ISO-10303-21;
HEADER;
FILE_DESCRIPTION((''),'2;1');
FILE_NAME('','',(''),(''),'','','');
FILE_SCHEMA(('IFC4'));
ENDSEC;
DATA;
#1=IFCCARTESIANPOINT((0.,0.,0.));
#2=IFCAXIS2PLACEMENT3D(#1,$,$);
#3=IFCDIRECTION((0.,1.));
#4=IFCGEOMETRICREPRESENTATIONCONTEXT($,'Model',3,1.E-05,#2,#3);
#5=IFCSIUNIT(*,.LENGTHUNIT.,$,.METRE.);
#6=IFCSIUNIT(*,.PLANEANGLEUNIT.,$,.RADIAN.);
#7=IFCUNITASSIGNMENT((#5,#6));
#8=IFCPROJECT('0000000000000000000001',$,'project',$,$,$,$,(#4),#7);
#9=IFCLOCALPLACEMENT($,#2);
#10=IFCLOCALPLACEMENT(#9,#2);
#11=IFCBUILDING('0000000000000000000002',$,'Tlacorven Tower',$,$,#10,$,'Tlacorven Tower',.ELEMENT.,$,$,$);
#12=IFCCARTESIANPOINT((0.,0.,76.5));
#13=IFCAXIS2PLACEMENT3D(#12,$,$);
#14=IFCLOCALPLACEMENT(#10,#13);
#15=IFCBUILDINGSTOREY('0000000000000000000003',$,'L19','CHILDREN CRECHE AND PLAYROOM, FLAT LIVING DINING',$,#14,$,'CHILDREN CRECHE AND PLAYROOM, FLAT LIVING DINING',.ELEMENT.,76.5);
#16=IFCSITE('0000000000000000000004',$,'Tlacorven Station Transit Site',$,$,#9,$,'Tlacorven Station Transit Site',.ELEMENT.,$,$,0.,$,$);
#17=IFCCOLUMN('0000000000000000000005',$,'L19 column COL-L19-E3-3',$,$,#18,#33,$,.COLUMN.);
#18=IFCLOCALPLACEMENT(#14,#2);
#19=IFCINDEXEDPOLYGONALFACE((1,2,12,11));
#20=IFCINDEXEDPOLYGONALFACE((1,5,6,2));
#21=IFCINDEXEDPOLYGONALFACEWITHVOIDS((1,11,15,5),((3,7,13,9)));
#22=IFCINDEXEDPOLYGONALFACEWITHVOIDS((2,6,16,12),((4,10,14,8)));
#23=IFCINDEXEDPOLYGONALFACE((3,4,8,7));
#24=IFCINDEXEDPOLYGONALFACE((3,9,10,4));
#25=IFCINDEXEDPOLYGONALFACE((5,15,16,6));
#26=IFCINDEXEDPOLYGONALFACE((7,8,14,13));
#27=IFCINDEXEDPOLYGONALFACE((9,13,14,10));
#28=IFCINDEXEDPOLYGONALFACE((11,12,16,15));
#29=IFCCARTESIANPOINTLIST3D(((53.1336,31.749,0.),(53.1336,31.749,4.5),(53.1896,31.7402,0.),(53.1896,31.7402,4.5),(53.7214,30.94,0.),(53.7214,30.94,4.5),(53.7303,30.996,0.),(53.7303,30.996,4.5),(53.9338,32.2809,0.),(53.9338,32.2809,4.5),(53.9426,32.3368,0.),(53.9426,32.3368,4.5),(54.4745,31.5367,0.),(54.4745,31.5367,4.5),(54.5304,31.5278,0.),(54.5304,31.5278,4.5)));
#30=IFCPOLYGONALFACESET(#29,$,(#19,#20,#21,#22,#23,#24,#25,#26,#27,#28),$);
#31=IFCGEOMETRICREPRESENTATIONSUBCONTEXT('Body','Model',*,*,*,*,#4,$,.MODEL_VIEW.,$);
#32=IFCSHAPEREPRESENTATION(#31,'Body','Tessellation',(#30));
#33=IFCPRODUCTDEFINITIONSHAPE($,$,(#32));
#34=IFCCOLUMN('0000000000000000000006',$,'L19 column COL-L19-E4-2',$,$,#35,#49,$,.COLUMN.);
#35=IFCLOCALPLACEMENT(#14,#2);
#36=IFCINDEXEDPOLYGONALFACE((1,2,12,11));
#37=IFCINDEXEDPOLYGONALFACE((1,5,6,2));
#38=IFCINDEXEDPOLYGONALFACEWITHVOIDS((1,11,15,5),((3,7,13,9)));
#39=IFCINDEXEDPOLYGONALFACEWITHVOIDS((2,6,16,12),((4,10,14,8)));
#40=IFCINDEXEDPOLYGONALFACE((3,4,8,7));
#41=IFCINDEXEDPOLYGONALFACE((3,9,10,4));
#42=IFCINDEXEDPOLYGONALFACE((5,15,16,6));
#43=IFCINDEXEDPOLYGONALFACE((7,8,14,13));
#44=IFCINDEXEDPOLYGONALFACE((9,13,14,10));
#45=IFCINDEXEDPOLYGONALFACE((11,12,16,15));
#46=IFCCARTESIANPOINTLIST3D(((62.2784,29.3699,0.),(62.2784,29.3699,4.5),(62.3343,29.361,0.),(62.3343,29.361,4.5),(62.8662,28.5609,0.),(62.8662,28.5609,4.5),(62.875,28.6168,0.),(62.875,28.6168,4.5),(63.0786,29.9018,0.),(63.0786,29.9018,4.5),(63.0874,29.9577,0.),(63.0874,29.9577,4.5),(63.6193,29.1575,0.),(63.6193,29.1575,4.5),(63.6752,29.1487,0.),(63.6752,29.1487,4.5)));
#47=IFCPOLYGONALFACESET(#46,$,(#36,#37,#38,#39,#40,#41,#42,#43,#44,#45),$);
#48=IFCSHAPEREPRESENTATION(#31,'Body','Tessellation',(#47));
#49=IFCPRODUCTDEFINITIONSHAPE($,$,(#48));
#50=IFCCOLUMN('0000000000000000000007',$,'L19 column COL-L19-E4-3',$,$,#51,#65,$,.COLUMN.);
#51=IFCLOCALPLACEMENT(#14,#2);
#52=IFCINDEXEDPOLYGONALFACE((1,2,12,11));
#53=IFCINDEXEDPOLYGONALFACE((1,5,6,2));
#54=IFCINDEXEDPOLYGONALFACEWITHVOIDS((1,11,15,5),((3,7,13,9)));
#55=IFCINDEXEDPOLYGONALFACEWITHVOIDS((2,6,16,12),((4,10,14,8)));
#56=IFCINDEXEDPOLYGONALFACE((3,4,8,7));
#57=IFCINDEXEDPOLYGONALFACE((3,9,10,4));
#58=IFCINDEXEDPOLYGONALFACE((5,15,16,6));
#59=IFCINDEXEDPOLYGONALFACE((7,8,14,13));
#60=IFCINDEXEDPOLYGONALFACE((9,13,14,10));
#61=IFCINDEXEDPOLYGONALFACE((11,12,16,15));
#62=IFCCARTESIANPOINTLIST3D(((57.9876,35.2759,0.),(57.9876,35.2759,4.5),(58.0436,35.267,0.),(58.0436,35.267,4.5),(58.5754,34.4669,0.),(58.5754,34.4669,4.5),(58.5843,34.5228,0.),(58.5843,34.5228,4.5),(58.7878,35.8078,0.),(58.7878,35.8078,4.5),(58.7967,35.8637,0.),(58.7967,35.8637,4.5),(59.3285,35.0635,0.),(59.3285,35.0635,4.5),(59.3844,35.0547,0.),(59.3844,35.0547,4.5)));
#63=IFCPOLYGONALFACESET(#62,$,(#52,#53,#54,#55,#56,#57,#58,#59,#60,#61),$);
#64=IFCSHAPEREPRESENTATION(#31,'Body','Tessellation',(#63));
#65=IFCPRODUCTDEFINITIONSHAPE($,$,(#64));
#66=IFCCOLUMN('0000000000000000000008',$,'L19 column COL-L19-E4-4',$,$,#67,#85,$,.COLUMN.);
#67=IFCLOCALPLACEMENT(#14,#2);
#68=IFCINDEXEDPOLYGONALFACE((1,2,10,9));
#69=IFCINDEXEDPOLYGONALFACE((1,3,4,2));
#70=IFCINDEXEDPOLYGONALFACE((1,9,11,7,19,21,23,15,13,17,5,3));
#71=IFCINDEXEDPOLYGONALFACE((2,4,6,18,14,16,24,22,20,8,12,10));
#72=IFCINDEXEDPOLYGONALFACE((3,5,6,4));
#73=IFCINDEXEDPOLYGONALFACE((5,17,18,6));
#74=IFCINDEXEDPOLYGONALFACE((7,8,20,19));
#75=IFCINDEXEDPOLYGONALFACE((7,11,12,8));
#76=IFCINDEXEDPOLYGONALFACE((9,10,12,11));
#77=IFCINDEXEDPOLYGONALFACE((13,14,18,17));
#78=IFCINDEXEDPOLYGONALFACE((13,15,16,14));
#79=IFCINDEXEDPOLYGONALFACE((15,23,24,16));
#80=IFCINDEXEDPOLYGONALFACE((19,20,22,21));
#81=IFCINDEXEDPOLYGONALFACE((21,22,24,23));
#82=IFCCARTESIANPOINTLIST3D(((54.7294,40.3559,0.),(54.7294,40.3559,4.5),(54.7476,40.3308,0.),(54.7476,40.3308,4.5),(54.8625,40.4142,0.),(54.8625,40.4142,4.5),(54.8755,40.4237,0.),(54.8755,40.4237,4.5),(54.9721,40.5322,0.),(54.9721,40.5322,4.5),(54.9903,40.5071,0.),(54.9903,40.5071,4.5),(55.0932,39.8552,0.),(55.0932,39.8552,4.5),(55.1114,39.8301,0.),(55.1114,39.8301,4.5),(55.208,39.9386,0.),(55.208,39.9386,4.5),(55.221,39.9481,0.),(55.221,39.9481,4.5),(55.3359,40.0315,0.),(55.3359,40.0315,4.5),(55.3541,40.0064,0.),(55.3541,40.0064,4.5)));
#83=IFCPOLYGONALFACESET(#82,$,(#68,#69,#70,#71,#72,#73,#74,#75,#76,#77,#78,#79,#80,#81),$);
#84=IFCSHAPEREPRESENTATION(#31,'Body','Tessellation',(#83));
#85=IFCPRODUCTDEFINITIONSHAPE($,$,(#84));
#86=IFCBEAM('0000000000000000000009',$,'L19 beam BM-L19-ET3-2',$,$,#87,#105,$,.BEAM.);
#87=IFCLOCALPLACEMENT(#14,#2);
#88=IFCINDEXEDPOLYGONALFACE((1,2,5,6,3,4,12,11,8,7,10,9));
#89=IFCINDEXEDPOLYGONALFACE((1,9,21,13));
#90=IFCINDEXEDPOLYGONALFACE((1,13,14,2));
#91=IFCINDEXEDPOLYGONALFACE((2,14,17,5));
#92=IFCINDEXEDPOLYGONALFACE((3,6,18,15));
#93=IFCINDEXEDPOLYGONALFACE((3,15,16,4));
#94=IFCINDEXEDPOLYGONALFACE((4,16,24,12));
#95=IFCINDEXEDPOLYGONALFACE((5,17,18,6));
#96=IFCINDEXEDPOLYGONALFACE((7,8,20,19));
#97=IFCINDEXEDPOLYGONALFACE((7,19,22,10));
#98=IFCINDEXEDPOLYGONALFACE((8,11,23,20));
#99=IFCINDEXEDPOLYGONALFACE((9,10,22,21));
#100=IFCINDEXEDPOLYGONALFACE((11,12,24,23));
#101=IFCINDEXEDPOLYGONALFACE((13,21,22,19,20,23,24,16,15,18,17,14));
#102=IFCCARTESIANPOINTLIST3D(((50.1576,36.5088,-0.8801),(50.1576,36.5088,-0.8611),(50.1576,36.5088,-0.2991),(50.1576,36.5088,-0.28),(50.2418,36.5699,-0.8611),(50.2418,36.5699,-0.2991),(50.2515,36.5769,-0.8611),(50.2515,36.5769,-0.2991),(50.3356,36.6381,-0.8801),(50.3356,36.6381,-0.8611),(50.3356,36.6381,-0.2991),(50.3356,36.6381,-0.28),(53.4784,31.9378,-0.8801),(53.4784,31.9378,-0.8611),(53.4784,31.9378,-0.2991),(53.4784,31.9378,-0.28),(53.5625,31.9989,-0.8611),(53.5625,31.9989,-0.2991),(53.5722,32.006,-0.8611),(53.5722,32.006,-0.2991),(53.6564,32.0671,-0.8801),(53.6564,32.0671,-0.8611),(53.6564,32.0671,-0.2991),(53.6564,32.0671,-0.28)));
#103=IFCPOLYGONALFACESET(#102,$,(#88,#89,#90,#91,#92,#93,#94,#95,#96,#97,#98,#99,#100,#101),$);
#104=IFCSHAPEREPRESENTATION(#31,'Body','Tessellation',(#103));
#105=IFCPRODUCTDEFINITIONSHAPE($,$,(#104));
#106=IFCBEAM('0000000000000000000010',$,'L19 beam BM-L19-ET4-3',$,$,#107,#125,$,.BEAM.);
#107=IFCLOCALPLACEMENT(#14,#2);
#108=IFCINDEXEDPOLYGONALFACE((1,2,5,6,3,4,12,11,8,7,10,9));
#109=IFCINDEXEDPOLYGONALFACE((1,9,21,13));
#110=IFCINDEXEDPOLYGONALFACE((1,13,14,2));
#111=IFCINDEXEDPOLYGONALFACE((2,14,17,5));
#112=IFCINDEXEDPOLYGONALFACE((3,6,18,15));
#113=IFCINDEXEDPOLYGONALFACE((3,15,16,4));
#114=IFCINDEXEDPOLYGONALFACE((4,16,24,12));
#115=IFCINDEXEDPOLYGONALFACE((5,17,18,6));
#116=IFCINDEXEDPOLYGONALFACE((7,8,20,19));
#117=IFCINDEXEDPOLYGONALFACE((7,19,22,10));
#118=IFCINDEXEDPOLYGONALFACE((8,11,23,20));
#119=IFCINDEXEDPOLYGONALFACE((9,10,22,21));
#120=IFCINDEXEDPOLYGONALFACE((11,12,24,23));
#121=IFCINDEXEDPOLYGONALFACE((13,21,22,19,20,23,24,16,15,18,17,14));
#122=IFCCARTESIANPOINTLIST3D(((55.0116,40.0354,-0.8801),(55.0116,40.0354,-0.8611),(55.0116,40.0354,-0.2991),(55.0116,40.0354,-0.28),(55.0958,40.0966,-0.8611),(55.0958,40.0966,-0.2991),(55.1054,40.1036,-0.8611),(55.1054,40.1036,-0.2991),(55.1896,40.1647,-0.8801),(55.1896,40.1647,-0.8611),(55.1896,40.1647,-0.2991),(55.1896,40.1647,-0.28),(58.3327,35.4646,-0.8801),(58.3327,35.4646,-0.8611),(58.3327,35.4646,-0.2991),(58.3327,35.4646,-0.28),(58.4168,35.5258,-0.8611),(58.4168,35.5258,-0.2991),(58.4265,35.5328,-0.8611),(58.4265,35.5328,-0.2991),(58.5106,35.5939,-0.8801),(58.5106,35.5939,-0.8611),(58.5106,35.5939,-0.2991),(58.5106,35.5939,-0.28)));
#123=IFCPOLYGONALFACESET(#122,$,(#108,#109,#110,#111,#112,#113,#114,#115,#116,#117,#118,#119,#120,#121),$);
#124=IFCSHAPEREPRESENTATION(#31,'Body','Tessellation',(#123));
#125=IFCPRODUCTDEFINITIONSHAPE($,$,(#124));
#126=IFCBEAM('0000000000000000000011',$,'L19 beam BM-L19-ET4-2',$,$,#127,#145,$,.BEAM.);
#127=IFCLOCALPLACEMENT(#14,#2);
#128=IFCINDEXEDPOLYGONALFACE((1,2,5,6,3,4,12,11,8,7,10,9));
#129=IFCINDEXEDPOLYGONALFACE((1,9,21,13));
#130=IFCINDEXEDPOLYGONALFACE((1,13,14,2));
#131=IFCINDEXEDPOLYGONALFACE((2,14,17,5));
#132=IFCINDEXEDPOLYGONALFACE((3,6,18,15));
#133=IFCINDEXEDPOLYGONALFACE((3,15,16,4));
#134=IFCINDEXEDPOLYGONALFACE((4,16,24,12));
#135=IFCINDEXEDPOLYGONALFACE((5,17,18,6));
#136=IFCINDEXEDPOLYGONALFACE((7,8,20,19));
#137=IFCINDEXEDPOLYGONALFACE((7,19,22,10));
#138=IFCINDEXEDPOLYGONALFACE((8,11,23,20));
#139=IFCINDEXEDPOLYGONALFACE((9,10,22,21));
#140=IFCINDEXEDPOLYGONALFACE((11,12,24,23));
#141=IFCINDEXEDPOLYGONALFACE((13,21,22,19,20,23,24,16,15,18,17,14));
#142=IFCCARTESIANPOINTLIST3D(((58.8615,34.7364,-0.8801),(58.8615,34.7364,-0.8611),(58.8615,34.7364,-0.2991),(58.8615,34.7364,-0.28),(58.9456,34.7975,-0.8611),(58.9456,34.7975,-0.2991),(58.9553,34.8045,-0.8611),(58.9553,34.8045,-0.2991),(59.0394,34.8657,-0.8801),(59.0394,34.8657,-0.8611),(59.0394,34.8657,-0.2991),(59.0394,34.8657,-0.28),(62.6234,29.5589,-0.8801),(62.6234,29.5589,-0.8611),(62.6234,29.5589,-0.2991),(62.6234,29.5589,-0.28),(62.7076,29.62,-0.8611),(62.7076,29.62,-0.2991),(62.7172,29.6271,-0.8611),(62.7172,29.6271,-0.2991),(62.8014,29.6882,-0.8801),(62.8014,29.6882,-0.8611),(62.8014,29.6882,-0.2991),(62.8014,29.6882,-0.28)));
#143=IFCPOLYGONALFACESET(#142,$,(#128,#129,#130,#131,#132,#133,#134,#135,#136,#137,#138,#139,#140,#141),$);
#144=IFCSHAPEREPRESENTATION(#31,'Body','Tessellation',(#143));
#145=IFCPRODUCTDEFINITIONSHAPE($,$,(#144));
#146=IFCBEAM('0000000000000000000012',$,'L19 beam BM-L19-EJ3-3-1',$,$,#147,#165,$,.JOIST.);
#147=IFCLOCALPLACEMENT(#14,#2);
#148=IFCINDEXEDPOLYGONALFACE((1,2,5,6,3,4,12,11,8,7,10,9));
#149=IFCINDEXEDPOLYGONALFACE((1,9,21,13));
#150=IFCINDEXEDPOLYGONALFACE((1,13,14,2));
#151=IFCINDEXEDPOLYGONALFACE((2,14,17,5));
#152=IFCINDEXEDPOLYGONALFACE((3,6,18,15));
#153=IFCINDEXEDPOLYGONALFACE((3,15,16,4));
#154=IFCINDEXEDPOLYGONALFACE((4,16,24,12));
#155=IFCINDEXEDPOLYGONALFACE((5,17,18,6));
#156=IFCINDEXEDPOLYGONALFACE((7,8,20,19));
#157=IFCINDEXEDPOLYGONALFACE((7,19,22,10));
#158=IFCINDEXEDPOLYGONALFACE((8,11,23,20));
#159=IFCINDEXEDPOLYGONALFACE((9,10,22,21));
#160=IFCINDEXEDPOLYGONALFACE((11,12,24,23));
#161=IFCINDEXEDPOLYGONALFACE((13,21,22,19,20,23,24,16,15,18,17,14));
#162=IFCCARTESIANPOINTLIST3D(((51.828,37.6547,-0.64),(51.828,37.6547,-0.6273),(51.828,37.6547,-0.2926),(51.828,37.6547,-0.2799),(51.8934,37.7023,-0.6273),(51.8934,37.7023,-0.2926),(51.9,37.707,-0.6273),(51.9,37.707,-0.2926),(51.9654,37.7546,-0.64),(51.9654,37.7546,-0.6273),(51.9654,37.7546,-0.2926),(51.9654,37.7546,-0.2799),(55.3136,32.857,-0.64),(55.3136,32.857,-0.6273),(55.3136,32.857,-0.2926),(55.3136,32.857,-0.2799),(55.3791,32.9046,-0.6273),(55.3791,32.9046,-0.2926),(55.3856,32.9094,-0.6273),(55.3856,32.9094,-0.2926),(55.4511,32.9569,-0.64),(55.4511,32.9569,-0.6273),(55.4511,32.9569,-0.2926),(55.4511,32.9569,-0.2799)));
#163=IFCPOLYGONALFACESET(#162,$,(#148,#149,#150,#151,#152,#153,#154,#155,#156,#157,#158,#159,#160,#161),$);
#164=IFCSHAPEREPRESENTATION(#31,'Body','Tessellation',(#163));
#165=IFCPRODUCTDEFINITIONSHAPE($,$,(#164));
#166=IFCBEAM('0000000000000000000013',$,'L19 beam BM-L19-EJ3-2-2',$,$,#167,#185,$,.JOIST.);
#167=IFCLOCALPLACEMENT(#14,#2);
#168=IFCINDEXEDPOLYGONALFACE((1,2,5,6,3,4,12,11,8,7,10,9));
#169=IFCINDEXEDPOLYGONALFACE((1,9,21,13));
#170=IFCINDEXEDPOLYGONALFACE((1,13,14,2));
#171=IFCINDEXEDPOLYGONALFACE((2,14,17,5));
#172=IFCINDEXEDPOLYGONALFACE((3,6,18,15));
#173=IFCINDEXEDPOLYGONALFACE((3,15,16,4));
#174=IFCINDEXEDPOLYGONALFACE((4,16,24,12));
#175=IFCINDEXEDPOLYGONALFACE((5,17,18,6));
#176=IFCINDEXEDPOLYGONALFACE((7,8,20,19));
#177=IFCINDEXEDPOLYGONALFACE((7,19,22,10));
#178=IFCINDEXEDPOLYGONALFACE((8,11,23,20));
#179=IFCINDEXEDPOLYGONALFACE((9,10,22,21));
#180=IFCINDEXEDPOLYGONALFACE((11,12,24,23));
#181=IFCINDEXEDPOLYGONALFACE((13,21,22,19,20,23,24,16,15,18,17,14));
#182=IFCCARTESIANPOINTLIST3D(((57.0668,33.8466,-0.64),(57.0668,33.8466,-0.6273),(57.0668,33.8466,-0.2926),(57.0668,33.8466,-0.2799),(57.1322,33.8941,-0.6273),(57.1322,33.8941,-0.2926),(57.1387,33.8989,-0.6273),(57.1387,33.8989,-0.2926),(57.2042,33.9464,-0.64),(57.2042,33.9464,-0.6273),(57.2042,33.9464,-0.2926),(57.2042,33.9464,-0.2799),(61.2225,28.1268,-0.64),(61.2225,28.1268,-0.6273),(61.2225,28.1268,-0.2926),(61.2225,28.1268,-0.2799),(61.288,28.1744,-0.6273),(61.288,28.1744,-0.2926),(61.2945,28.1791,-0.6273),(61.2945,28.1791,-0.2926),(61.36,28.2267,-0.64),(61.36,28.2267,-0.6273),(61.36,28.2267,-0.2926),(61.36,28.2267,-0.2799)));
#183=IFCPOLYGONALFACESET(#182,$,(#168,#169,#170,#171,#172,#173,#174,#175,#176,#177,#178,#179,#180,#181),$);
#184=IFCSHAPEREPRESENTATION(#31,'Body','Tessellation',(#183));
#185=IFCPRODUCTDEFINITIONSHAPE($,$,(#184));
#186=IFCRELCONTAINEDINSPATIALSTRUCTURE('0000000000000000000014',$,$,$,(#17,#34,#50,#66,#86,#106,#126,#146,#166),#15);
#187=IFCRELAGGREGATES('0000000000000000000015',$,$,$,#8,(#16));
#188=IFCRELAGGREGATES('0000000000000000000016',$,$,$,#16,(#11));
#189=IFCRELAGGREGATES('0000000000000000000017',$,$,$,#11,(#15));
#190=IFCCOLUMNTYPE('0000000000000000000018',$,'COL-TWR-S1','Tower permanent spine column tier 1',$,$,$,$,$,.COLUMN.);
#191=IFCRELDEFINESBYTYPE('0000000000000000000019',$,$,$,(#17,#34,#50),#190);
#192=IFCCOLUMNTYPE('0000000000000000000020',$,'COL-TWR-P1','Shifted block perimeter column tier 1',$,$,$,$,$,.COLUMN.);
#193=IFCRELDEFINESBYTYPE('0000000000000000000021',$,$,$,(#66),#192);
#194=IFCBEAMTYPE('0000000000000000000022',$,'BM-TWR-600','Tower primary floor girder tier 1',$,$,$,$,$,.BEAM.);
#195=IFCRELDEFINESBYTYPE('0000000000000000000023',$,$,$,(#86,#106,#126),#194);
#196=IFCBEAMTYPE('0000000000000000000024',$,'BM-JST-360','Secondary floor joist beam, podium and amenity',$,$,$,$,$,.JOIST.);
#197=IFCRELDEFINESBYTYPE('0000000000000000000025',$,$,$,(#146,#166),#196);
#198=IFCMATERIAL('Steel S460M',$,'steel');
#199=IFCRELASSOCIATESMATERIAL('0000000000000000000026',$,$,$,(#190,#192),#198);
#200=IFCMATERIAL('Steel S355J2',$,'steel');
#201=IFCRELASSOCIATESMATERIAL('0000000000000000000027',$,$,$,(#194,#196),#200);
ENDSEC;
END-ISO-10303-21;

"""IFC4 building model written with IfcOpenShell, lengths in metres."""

from ifc_helpers import new_model, si_unit, direction, frame, origin, origin_2d, place, context, subcontext, project, spatial, hollow_rectangle, i_section, extrude, source, transform, mapped, material, material_profile, profile_set, type_object, element, save


model = new_model("IFC4")

# Units and contexts
model_context = context("Model", 3, precision=1e-05, world=origin(), true_north=direction((0.0, 1.0)))
body_context = subcontext(model_context, "Body", "Model", "MODEL_VIEW")
ifc_project = project(units=[si_unit("LENGTHUNIT", "METRE"), si_unit("PLANEANGLEUNIT", "RADIAN")], contexts=[model_context])

# Site, building, storey
site_placement = place(None, origin())
site = spatial("IfcSite", under=ifc_project, at=site_placement, Name="Tlacorven Station Transit Site", LongName="Tlacorven Station Transit Site", CompositionType="ELEMENT", RefElevation=0.0)
building_placement = place(site_placement, origin())
building = spatial("IfcBuilding", under=site, at=building_placement, Name="Tlacorven Tower", LongName="Tlacorven Tower", CompositionType="ELEMENT")
storey_placement = place(building_placement, frame((0.0, 0.0, 76.5)))
storey = spatial("IfcBuildingStorey", under=building, at=storey_placement, Name="L19", Description="CHILDREN CRECHE AND PLAYROOM, FLAT LIVING DINING", LongName="CHILDREN CRECHE AND PLAYROOM, FLAT LIVING DINING", CompositionType="ELEMENT", Elevation=76.5)

# Columns
ifc_material_1 = material(Name="Steel S460M", Category="steel")
ifc_material_profile_1 = material_profile(ifc_material_1, hollow_rectangle(XDim=1.0, YDim=1.0, WallThickness=0.04, at=origin_2d()), Name="BOX 1000X1000X40")
ifc_profile_set_1 = profile_set([ifc_material_profile_1], Name="Steel S460M")
column_type_1 = type_object("IfcColumnType", Name="COL-TWR-S1", Description="Tower permanent spine column tier 1", PredefinedType="COLUMN", material=ifc_profile_set_1)
shared_shape_1 = source(origin(), body_context, "Body", "SweptSolid", [
    extrude(hollow_rectangle(XDim=1.0, YDim=1.0, WallThickness=0.04, at=origin_2d()), origin(), (0.0, 0.0, 1.0), 4.5),
])
for number, where, z_axis, x_axis, name in (
    (1, (53.832, 31.6384, 0.0), (0.0, 0.0, 1.0), (0.809017, 0.587785, 0.0), "L19 column COL-L19-E3-3"),
    (2, (62.9768, 29.2593, 0.0), (0.0, 0.0, 1.0), (0.809017, 0.587785, 0.0), "L19 column COL-L19-E4-2"),
    (3, (58.686, 35.1653, 0.0), (0.0, 0.0, 1.0), (0.809017, 0.587785, 0.0), "L19 column COL-L19-E4-3"),
):
    element("IfcColumn", number, at=place(storey_placement, frame(where, z_axis=z_axis, x_axis=x_axis)), inside=storey, type_object=column_type_1, Name=name, PredefinedType="COLUMN", context=body_context, shape_type="MappedRepresentation", body=[
        mapped(shared_shape_1, transform((0.0, 0.0, 0.0), scale=1.0)),
    ])
ifc_material_profile_2 = material_profile(ifc_material_1, i_section(OverallWidth=0.3, OverallDepth=0.6499, WebThickness=0.0161, FlangeThickness=0.031, at=origin_2d()), Name="HEB 650")
ifc_profile_set_2 = profile_set([ifc_material_profile_2], Name="Steel S460M")
column_type_2 = type_object("IfcColumnType", Name="COL-TWR-P1", Description="Shifted block perimeter column tier 1", PredefinedType="COLUMN", material=ifc_profile_set_2)
shared_shape_2 = source(origin(), body_context, "Body", "SweptSolid", [
    extrude(i_section(OverallWidth=0.3, OverallDepth=0.6499, WebThickness=0.0161, FlangeThickness=0.031, at=origin_2d()), origin(), (0.0, 0.0, 1.0), 4.5),
])
column_placement = place(storey_placement, frame((55.0417, 40.1812, 0.0), z_axis=(0.0, 0.0, 1.0), x_axis=(0.809017, 0.587785, 0.0)))
element("IfcColumn", 4, at=column_placement, inside=storey, type_object=column_type_2, Name="L19 column COL-L19-E4-4", PredefinedType="COLUMN", context=body_context, shape_type="MappedRepresentation", body=[
    mapped(shared_shape_2, transform((0.0, 0.0, 0.0), scale=1.0)),
])

# Beams
ifc_material_2 = material(Name="Steel S355J2", Category="steel")
ifc_material_profile_3 = material_profile(ifc_material_2, i_section(OverallWidth=0.22, OverallDepth=0.6001, WebThickness=0.012, FlangeThickness=0.019, at=origin_2d()), Name="IPE 600")
ifc_profile_set_3 = profile_set([ifc_material_profile_3], Name="Steel S355J2")
beam_type_1 = type_object("IfcBeamType", Name="BM-TWR-600", Description="Tower primary floor girder tier 1", PredefinedType="BEAM", material=ifc_profile_set_3)
shared_shape_3 = source(origin(), body_context, "Body", "SweptSolid", [
    extrude(i_section(OverallWidth=0.22, OverallDepth=0.6001, WebThickness=0.012, FlangeThickness=0.019, at=origin_2d()), origin(), (0.0, 0.0, 1.0), 5.6499),
])
for number, where, z_axis, x_axis, name in (
    (5, (53.5674, 32.0024, -0.5801), (-0.587755, 0.809039, 0.0), (-0.809039, -0.587755, 0.0), "L19 beam BM-L19-ET3-2"),
    (6, (58.4216, 35.5293, -0.5801), (-0.587804, 0.809003, 0.0), (-0.809003, -0.587804, 0.0), "L19 beam BM-L19-ET4-3"),
):
    element("IfcBeam", number, at=place(storey_placement, frame(where, z_axis=z_axis, x_axis=x_axis)), inside=storey, type_object=beam_type_1, Name=name, PredefinedType="BEAM", context=body_context, shape_type="MappedRepresentation", body=[
        mapped(shared_shape_3, transform((0.0, 0.0, 0.0), scale=1.0)),
    ])
shared_shape_4 = source(origin(), body_context, "Body", "SweptSolid", [
    extrude(i_section(OverallWidth=0.22, OverallDepth=0.6001, WebThickness=0.012, FlangeThickness=0.019, at=origin_2d()), origin(), (0.0, 0.0, 1.0), 6.3999),
])
beam_1_placement = place(storey_placement, frame((62.7124, 29.6235, -0.5801), z_axis=(-0.587816, 0.808995, 0.0), x_axis=(-0.808995, -0.587816, 0.0)))
element("IfcBeam", 7, at=beam_1_placement, inside=storey, type_object=beam_type_1, Name="L19 beam BM-L19-ET4-2", PredefinedType="BEAM", context=body_context, shape_type="MappedRepresentation", body=[
    mapped(shared_shape_4, transform((0.0, 0.0, 0.0), scale=1.0)),
])
ifc_material_profile_4 = material_profile(ifc_material_2, i_section(OverallWidth=0.1699, OverallDepth=0.3601, WebThickness=0.0081, FlangeThickness=0.0127, at=origin_2d()), Name="IPE 360")
ifc_profile_set_4 = profile_set([ifc_material_profile_4], Name="Steel S355J2")
beam_type_2 = type_object("IfcBeamType", Name="BM-JST-360", Description="Secondary floor joist beam, podium and amenity", PredefinedType="JOIST", material=ifc_profile_set_4)
shared_shape_5 = source(origin(), body_context, "Body", "SweptSolid", [
    extrude(i_section(OverallWidth=0.1699, OverallDepth=0.3601, WebThickness=0.0081, FlangeThickness=0.0127, at=origin_2d()), origin(), (0.0, 0.0, 1.0), 5.9302),
])
beam_2_placement = place(storey_placement, frame((55.3823, 32.907, -0.46), z_axis=(-0.587778, 0.809023, 0.0), x_axis=(-0.809023, -0.587778, 0.0)))
element("IfcBeam", 8, at=beam_2_placement, inside=storey, type_object=beam_type_2, Name="L19 beam BM-L19-EJ3-3-1", PredefinedType="JOIST", context=body_context, shape_type="MappedRepresentation", body=[
    mapped(shared_shape_5, transform((0.0, 0.0, 0.0), scale=1.0)),
])
shared_shape_6 = source(origin(), body_context, "Body", "SweptSolid", [
    extrude(i_section(OverallWidth=0.1699, OverallDepth=0.3601, WebThickness=0.0081, FlangeThickness=0.0127, at=origin_2d()), origin(), (0.0, 0.0, 1.0), 7.0701),
])
beam_3_placement = place(storey_placement, frame((61.2913, 28.1768, -0.46), z_axis=(-0.587798, 0.809008, 0.0), x_axis=(-0.809008, -0.587798, 0.0)))
element("IfcBeam", 9, at=beam_3_placement, inside=storey, type_object=beam_type_2, Name="L19 beam BM-L19-EJ3-2-2", PredefinedType="JOIST", context=body_context, shape_type="MappedRepresentation", body=[
    mapped(shared_shape_6, transform((0.0, 0.0, 0.0), scale=1.0)),
])

save(model, "model.ifc")
